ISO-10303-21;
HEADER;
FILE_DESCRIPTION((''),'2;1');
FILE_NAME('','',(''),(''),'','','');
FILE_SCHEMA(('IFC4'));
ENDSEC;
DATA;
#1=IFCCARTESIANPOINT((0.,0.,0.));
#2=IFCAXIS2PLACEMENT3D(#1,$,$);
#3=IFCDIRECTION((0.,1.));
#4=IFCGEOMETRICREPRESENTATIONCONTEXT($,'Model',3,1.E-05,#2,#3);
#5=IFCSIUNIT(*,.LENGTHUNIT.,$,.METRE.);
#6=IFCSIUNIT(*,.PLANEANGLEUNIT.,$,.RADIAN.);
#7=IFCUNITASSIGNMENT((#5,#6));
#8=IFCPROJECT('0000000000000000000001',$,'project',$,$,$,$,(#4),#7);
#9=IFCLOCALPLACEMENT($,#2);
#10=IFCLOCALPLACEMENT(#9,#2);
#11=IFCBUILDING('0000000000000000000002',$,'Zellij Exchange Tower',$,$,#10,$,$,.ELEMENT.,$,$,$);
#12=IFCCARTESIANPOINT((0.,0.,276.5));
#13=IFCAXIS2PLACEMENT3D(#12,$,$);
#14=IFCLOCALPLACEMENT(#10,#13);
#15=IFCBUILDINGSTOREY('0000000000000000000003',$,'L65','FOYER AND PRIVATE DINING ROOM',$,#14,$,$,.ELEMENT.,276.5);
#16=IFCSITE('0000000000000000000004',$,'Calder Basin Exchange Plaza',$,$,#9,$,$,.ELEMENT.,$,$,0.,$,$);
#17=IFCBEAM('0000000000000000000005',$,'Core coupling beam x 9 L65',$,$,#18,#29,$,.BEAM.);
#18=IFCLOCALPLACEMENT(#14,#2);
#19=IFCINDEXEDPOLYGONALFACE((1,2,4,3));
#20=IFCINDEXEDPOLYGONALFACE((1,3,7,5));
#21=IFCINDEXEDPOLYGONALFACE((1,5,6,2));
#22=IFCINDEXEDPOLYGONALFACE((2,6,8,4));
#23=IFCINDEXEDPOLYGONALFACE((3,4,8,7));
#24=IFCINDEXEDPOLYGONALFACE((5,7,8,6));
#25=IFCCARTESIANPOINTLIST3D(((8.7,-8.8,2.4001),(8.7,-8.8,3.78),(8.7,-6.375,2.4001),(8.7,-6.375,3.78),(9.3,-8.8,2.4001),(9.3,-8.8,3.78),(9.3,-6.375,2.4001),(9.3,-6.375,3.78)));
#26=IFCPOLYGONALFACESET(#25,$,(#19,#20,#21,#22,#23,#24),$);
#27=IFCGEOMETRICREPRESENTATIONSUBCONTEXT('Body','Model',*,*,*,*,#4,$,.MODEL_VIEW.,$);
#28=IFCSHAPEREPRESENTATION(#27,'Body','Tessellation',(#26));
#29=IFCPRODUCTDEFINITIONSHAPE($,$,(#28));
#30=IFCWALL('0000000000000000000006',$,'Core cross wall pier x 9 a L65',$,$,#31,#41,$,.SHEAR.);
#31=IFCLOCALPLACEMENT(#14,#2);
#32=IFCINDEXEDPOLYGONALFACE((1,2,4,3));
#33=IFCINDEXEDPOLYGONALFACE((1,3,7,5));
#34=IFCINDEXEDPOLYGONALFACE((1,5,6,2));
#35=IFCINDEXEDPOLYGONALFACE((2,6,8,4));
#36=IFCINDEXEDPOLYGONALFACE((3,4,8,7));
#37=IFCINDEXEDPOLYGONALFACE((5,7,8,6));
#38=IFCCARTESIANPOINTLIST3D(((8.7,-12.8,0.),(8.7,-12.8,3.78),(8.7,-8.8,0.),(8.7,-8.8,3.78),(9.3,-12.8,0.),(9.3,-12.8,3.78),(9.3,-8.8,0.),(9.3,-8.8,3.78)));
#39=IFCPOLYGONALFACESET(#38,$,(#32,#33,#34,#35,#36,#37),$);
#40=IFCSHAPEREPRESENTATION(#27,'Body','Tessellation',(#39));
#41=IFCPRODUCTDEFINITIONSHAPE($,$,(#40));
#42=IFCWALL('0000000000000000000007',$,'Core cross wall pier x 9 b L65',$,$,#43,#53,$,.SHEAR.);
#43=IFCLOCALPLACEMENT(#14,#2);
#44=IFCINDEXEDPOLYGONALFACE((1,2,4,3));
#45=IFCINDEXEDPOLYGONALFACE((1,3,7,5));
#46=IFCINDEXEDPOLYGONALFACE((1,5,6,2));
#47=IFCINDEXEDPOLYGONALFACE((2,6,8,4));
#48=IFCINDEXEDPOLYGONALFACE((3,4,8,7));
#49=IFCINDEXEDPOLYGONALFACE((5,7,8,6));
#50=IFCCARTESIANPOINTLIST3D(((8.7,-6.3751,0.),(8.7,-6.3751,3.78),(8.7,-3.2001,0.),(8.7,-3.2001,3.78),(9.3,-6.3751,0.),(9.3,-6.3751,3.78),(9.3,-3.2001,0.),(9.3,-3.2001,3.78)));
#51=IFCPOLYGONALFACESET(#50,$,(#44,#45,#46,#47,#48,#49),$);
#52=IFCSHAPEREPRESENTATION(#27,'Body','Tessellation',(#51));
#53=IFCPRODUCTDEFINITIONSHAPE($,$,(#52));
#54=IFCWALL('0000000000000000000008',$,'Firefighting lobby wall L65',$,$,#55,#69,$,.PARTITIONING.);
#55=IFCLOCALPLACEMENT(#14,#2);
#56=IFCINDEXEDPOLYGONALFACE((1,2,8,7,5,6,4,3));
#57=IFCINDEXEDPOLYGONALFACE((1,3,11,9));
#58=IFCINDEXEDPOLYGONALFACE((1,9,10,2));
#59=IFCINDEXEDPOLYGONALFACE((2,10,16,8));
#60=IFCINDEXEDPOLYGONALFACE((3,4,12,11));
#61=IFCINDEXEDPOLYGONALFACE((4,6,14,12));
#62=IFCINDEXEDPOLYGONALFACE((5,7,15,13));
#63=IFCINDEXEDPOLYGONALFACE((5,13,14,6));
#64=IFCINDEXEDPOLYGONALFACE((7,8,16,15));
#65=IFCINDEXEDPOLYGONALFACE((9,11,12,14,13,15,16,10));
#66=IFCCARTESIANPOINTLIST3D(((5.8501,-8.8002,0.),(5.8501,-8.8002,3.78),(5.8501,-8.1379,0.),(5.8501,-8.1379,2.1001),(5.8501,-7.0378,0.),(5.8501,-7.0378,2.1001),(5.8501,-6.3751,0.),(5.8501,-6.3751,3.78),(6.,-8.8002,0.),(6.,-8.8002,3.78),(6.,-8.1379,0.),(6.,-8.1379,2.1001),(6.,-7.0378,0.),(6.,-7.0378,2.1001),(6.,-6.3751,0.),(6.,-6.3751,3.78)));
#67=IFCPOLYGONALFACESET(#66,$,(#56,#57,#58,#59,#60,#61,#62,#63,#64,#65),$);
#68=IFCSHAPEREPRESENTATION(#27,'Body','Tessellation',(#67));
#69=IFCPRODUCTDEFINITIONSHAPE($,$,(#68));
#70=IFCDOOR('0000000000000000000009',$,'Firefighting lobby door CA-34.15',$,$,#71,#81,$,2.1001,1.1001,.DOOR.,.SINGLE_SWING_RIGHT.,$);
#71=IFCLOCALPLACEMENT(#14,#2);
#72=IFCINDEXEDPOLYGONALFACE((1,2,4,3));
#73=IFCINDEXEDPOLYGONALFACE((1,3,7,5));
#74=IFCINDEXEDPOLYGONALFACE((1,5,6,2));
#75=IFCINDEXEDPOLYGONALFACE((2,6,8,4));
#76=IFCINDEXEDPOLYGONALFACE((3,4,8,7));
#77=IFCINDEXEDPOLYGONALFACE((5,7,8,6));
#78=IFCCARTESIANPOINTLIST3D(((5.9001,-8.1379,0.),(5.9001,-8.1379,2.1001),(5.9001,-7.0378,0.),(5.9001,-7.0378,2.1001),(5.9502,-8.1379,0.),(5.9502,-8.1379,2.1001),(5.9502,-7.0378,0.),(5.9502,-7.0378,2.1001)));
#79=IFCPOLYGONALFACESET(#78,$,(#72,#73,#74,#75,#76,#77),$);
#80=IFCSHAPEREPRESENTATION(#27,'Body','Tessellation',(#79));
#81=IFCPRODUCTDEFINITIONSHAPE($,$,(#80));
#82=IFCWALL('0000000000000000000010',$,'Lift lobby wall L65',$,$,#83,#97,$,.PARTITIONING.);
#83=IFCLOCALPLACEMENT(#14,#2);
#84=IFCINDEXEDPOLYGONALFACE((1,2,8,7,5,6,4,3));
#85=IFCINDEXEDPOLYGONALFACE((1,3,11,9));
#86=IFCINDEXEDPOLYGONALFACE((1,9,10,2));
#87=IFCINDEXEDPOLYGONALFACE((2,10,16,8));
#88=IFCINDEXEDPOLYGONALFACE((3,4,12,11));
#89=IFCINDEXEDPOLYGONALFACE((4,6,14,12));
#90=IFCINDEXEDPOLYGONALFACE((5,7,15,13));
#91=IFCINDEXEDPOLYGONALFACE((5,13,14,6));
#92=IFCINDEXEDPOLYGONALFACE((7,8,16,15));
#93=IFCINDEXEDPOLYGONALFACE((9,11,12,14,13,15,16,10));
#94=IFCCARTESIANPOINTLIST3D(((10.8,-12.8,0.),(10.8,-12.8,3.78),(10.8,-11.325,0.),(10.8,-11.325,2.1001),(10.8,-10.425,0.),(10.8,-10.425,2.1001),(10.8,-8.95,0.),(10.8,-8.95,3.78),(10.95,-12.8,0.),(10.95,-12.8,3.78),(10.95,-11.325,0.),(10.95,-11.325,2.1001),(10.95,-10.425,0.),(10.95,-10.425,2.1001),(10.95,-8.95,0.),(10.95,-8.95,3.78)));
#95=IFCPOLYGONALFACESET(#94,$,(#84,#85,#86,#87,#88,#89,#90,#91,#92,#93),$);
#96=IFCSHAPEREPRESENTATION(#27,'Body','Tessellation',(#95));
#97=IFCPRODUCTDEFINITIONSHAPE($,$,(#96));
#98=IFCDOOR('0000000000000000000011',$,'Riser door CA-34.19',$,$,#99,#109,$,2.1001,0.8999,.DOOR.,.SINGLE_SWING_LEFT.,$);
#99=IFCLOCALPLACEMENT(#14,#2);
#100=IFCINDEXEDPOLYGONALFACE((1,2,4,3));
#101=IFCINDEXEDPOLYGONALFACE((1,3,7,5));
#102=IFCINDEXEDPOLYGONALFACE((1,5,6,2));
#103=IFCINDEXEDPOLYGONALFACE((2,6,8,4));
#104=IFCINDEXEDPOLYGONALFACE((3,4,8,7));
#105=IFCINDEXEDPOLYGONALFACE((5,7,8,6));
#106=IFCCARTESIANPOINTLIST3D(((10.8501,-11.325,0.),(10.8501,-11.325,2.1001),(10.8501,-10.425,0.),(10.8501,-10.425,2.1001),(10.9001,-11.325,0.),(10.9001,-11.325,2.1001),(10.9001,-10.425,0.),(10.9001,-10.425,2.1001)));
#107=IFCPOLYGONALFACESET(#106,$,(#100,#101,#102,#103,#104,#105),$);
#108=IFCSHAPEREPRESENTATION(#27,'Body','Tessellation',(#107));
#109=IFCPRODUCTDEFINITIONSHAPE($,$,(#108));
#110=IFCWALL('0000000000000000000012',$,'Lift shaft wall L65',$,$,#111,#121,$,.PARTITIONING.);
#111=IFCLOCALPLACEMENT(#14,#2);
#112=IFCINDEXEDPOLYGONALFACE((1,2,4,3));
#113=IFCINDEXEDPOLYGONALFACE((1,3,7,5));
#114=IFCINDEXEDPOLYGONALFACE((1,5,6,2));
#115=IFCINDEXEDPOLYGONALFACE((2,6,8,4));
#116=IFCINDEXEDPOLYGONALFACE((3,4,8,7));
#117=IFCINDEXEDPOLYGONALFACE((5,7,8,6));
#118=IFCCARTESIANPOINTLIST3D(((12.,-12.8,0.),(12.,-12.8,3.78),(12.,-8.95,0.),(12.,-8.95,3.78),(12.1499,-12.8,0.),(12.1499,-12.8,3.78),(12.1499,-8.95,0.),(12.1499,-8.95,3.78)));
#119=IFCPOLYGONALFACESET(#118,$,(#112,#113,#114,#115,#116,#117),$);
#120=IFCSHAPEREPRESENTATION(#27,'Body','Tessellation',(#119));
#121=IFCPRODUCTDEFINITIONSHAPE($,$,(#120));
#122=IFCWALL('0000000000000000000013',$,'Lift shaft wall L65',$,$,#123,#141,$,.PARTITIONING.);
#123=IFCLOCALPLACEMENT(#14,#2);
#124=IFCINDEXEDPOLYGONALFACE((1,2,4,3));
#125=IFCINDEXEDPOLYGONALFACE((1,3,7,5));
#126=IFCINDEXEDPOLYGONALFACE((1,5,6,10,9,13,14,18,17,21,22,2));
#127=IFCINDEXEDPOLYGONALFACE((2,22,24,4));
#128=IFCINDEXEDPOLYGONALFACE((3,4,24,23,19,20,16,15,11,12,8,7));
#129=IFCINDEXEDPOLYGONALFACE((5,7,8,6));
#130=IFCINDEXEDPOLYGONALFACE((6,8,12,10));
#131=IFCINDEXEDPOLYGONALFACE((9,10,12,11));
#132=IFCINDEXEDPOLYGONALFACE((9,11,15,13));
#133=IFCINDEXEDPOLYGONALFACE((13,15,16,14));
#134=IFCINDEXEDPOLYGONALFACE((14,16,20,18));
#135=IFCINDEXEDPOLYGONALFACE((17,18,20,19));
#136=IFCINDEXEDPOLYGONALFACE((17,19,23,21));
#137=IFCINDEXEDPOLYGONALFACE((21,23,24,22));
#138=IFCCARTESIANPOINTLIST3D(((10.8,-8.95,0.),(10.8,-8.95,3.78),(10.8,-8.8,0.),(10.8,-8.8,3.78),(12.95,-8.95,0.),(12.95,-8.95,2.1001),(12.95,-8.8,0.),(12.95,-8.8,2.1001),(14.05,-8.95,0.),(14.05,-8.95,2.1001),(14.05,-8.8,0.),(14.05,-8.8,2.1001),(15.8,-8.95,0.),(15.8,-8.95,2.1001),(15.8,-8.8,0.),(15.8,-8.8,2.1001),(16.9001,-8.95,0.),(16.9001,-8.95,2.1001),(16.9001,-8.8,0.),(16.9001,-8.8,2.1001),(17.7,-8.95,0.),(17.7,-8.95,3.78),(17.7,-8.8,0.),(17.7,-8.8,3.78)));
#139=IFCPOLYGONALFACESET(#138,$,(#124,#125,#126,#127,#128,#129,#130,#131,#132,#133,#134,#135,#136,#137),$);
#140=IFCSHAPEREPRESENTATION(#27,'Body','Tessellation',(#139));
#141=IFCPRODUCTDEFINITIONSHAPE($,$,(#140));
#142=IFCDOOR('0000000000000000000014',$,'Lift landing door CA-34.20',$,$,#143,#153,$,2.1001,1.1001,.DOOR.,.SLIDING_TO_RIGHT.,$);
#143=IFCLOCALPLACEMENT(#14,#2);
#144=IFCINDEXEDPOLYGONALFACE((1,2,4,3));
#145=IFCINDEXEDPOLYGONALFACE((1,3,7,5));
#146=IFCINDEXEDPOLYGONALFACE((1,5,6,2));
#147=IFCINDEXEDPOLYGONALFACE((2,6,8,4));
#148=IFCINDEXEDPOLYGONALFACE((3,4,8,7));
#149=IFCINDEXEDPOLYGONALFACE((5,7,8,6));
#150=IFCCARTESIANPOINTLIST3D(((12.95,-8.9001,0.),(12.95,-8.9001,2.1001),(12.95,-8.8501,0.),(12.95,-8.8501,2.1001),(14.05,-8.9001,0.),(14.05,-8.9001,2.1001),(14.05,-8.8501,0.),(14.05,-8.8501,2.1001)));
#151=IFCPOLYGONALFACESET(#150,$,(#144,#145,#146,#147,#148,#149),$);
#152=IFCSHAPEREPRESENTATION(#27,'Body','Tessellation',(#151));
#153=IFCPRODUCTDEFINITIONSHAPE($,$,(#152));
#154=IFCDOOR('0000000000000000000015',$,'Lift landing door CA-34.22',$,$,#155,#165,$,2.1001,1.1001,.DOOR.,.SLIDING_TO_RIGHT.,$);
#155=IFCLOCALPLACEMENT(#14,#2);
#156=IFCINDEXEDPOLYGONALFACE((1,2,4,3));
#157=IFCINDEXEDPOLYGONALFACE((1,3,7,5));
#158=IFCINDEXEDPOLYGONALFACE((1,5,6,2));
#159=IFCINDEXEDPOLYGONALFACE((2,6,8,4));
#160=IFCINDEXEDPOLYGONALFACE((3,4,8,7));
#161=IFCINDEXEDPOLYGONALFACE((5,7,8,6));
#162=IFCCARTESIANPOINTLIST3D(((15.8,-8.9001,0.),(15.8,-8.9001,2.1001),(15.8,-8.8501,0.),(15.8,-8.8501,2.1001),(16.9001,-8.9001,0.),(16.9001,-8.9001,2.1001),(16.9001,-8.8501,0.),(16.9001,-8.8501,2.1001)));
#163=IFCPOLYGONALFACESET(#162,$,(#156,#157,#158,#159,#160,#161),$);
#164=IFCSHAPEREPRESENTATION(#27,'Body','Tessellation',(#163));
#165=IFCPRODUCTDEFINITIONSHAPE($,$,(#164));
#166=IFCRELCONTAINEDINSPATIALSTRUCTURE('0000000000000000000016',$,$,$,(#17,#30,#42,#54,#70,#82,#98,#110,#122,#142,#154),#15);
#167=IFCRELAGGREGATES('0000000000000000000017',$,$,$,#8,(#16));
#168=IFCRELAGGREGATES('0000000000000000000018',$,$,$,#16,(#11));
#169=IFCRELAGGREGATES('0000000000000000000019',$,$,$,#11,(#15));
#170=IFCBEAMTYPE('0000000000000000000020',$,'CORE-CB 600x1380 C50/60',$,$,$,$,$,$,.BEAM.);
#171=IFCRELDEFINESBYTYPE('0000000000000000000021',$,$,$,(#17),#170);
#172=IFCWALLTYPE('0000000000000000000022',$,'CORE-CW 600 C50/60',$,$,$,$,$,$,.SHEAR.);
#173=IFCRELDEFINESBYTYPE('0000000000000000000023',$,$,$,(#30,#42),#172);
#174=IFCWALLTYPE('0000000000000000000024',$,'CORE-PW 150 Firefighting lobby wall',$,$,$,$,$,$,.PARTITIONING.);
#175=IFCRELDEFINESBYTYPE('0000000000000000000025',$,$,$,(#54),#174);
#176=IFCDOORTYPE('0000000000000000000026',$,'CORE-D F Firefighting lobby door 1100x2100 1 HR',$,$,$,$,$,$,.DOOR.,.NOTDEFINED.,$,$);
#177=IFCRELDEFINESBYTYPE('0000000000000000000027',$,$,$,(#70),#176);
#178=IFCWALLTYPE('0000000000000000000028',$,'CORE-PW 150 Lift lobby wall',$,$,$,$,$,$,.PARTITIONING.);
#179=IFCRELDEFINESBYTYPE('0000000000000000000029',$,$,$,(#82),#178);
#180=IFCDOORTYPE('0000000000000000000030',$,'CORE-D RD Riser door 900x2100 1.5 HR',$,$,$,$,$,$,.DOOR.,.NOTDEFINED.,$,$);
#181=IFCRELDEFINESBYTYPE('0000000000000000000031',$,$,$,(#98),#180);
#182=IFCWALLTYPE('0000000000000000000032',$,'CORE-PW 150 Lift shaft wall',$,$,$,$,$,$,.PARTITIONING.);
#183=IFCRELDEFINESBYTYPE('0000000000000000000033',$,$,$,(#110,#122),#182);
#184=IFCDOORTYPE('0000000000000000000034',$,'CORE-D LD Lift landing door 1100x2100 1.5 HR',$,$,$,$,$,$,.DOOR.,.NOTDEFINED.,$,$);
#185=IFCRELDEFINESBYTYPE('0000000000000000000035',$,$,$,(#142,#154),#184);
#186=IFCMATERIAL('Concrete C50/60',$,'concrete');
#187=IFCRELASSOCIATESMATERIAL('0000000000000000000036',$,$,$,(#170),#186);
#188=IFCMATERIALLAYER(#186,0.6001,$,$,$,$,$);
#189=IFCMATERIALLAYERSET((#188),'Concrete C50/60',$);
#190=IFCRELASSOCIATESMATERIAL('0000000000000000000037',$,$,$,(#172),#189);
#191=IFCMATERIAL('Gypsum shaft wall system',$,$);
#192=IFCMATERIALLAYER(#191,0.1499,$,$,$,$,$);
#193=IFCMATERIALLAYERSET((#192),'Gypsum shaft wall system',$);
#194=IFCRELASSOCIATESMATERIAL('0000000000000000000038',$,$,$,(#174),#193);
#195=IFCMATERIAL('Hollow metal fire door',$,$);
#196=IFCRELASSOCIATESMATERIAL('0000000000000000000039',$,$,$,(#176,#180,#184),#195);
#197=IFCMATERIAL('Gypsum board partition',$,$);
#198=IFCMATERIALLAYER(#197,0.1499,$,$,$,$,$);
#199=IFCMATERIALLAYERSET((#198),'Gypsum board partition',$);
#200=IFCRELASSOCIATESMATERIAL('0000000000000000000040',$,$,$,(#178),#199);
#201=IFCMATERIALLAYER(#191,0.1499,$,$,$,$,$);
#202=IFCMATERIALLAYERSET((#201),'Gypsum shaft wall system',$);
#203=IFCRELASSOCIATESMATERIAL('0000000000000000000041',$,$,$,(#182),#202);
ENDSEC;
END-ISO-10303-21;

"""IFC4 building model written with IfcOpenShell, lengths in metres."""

from ifc_helpers import new_model, si_unit, direction, frame, frame_2d, origin, origin_2d, place, context, subcontext, project, spatial, rectangle, extrude, material, layer, layer_set, material_profile, profile_set, type_object, element, fill, save


model = new_model("IFC4")

# Units and contexts
model_context = context("Model", 3, precision=1e-05, world=origin(), true_north=direction((0.0, 1.0)))
body_context = subcontext(model_context, "Body", "Model", "MODEL_VIEW")
ifc_project = project(units=[si_unit("LENGTHUNIT", "METRE"), si_unit("PLANEANGLEUNIT", "RADIAN")], contexts=[model_context])

# Site, building, storey
site_placement = place(None, origin())
site = spatial("IfcSite", under=ifc_project, at=site_placement, Name="Calder Basin Exchange Plaza", CompositionType="ELEMENT", RefElevation=0.0)
building_placement = place(site_placement, origin())
building = spatial("IfcBuilding", under=site, at=building_placement, Name="Zellij Exchange Tower", CompositionType="ELEMENT")
storey_placement = place(building_placement, frame((0.0, 0.0, 276.5)))
storey = spatial("IfcBuildingStorey", under=building, at=storey_placement, Name="L65", Description="FOYER AND PRIVATE DINING ROOM", CompositionType="ELEMENT", Elevation=276.5)

# Beam
ifc_material_1 = material(Name="Concrete C50/60", Category="concrete")
ifc_material_profile = material_profile(ifc_material_1, rectangle(XDim=0.6001, YDim=1.3799, at=origin_2d()), Name="CORE-CB 600x1380 C50/60")
ifc_profile_set = profile_set([ifc_material_profile], Name="Concrete C50/60")
beam_type = type_object("IfcBeamType", Name="CORE-CB 600x1380 C50/60", PredefinedType="BEAM", material=ifc_profile_set)
beam_placement = place(storey_placement, frame((9.0, -8.8, 3.0901), z_axis=(0.0, 1.0, 0.0), x_axis=(-1.0, 0.0, 0.0)))
element("IfcBeam", 1, at=beam_placement, inside=storey, type_object=beam_type, Name="Core coupling beam x 9 L65", PredefinedType="BEAM", context=body_context, shape_type="SweptSolid", body=[
    extrude(rectangle(XDim=0.6001, YDim=1.3799, at=origin_2d()), origin(), (0.0, 0.0, 1.0), 2.425),
])

# Walls
ifc_layer_1 = layer(ifc_material_1, 0.6001)
ifc_layer_set_1 = layer_set([ifc_layer_1], Name="Concrete C50/60")
wall_type_1 = type_object("IfcWallType", Name="CORE-CW 600 C50/60", PredefinedType="SHEAR", material=ifc_layer_set_1)
wall_1_placement = place(storey_placement, frame((9.0, -12.8, 0.0), z_axis=(0.0, 0.0, 1.0), x_axis=(0.0, 1.0, 0.0)))
element("IfcWall", 2, at=wall_1_placement, inside=storey, type_object=wall_type_1, Name="Core cross wall pier x 9 a L65", PredefinedType="SHEAR", context=body_context, shape_type="SweptSolid", body=[
    extrude(rectangle(XDim=4.0, YDim=0.6001, at=frame_2d((2.0, 0.0))), origin(), (0.0, 0.0, 1.0), 3.78),
])
wall_2_placement = place(storey_placement, frame((9.0, -6.375, 0.0), z_axis=(0.0, 0.0, 1.0), x_axis=(0.0, 1.0, 0.0)))
element("IfcWall", 3, at=wall_2_placement, inside=storey, type_object=wall_type_1, Name="Core cross wall pier x 9 b L65", PredefinedType="SHEAR", context=body_context, shape_type="SweptSolid", body=[
    extrude(rectangle(XDim=3.175, YDim=0.6001, at=frame_2d((1.5874, 0.0))), origin(), (0.0, 0.0, 1.0), 3.78),
])

# Walls, openings, doors
ifc_material_2 = material(Name="Gypsum shaft wall system")
ifc_layer_2 = layer(ifc_material_2, 0.1499)
ifc_layer_set_2 = layer_set([ifc_layer_2], Name="Gypsum shaft wall system")
wall_type_2 = type_object("IfcWallType", Name="CORE-PW 150 Firefighting lobby wall", PredefinedType="PARTITIONING", material=ifc_layer_set_2)
wall_3_placement = place(storey_placement, frame((5.925, -8.8, 0.0), z_axis=(0.0, 0.0, 1.0), x_axis=(0.0, 1.0, 0.0)))
wall_3 = element("IfcWall", 4, at=wall_3_placement, inside=storey, type_object=wall_type_2, Name="Firefighting lobby wall L65", PredefinedType="PARTITIONING", context=body_context, shape_type="SweptSolid", body=[
    extrude(rectangle(XDim=2.425, YDim=0.1499, at=frame_2d((1.2124, 0.0))), origin(), (0.0, 0.0, 1.0), 3.78),
])
opening_1_placement = place(wall_3_placement, frame((0.6621, 0.0, 0.0)))
opening_1 = element("IfcOpeningElement", 5, at=opening_1_placement, cuts=wall_3, PredefinedType="OPENING", context=body_context, shape_type="SweptSolid", body=[
    extrude(rectangle(XDim=1.1001, YDim=2.1001, at=frame_2d((0.55, 1.05))), frame((0.0, 0.0869, 0.0), z_axis=(0.0, -1.0, 0.0), x_axis=(1.0, 0.0, 0.0)), (0.0, 0.0, 1.0), 0.1738),
])
ifc_material_3 = material(Name="Hollow metal fire door")
door_type_1 = type_object("IfcDoorType", Name="CORE-D F Firefighting lobby door 1100x2100 1 HR", OperationType="NOTDEFINED", PredefinedType="DOOR", material=ifc_material_3)
door_1_placement = place(opening_1_placement, origin())
door_1 = element("IfcDoor", 6, at=door_1_placement, inside=storey, type_object=door_type_1, Name="Firefighting lobby door CA-34.15", OperationType="SINGLE_SWING_RIGHT", OverallHeight=2.1001, OverallWidth=1.1001, PredefinedType="DOOR", context=body_context, shape_type="SweptSolid", body=[
    extrude(rectangle(XDim=1.1001, YDim=2.1001, at=frame_2d((0.55, 1.05))), frame((0.0, 0.0249, 0.0), z_axis=(0.0, -1.0, 0.0), x_axis=(1.0, 0.0, 0.0)), (0.0, 0.0, 1.0), 0.05),
])
fill(opening_1, door_1)
ifc_material_4 = material(Name="Gypsum board partition")
ifc_layer_3 = layer(ifc_material_4, 0.1499)
ifc_layer_set_3 = layer_set([ifc_layer_3], Name="Gypsum board partition")
wall_type_3 = type_object("IfcWallType", Name="CORE-PW 150 Lift lobby wall", PredefinedType="PARTITIONING", material=ifc_layer_set_3)
wall_4_placement = place(storey_placement, frame((10.875, -12.8, 0.0), z_axis=(0.0, 0.0, 1.0), x_axis=(0.0, 1.0, 0.0)))
wall_4 = element("IfcWall", 7, at=wall_4_placement, inside=storey, type_object=wall_type_3, Name="Lift lobby wall L65", PredefinedType="PARTITIONING", context=body_context, shape_type="SweptSolid", body=[
    extrude(rectangle(XDim=3.8501, YDim=0.1499, at=frame_2d((1.925, 0.0))), origin(), (0.0, 0.0, 1.0), 3.78),
])
opening_2_placement = place(wall_4_placement, frame((1.4751, 0.0, 0.0)))
opening_2 = element("IfcOpeningElement", 8, at=opening_2_placement, cuts=wall_4, PredefinedType="OPENING", context=body_context, shape_type="SweptSolid", body=[
    extrude(rectangle(XDim=0.8999, YDim=2.1001, at=frame_2d((0.45, 1.05))), frame((0.0, 0.0869, 0.0), z_axis=(0.0, -1.0, 0.0), x_axis=(1.0, 0.0, 0.0)), (0.0, 0.0, 1.0), 0.1738),
])
door_type_2 = type_object("IfcDoorType", Name="CORE-D RD Riser door 900x2100 1.5 HR", OperationType="NOTDEFINED", PredefinedType="DOOR", material=ifc_material_3)
door_2_placement = place(opening_2_placement, origin())
door_2 = element("IfcDoor", 9, at=door_2_placement, inside=storey, type_object=door_type_2, Name="Riser door CA-34.19", OperationType="SINGLE_SWING_LEFT", OverallHeight=2.1001, OverallWidth=0.8999, PredefinedType="DOOR", context=body_context, shape_type="SweptSolid", body=[
    extrude(rectangle(XDim=0.8999, YDim=2.1001, at=frame_2d((0.45, 1.05))), frame((0.0, 0.0249, 0.0), z_axis=(0.0, -1.0, 0.0), x_axis=(1.0, 0.0, 0.0)), (0.0, 0.0, 1.0), 0.05),
])
fill(opening_2, door_2)

# Wall
ifc_layer_4 = layer(ifc_material_2, 0.1499)
ifc_layer_set_4 = layer_set([ifc_layer_4], Name="Gypsum shaft wall system")
wall_type_4 = type_object("IfcWallType", Name="CORE-PW 150 Lift shaft wall", PredefinedType="PARTITIONING", material=ifc_layer_set_4)
wall_5_placement = place(storey_placement, frame((12.075, -12.8, 0.0), z_axis=(0.0, 0.0, 1.0), x_axis=(0.0, 1.0, 0.0)))
element("IfcWall", 10, at=wall_5_placement, inside=storey, type_object=wall_type_4, Name="Lift shaft wall L65", PredefinedType="PARTITIONING", context=body_context, shape_type="SweptSolid", body=[
    extrude(rectangle(XDim=3.8501, YDim=0.1499, at=frame_2d((1.925, 0.0))), origin(), (0.0, 0.0, 1.0), 3.78),
])

# Wall, openings, doors
wall_6_placement = place(storey_placement, frame((10.8, -8.875, 0.0), z_axis=(0.0, 0.0, 1.0), x_axis=(1.0, 0.0, 0.0)))
wall_6 = element("IfcWall", 11, at=wall_6_placement, inside=storey, type_object=wall_type_4, Name="Lift shaft wall L65", PredefinedType="PARTITIONING", context=body_context, shape_type="SweptSolid", body=[
    extrude(rectangle(XDim=6.8999, YDim=0.1499, at=frame_2d((3.45, 0.0))), origin(), (0.0, 0.0, 1.0), 3.78),
])
opening_3_placement = place(wall_6_placement, frame((2.1499, 0.0, 0.0)))
opening_3 = element("IfcOpeningElement", 12, at=opening_3_placement, cuts=wall_6, PredefinedType="OPENING", context=body_context, shape_type="SweptSolid", body=[
    extrude(rectangle(XDim=1.1001, YDim=2.1001, at=frame_2d((0.55, 1.05))), frame((0.0, 0.0869, 0.0), z_axis=(0.0, -1.0, 0.0), x_axis=(1.0, 0.0, 0.0)), (0.0, 0.0, 1.0), 0.1738),
])
opening_4_placement = place(wall_6_placement, frame((5.0, 0.0, 0.0)))
opening_4 = element("IfcOpeningElement", 13, at=opening_4_placement, cuts=wall_6, PredefinedType="OPENING", context=body_context, shape_type="SweptSolid", body=[
    extrude(rectangle(XDim=1.1001, YDim=2.1001, at=frame_2d((0.55, 1.05))), frame((0.0, 0.0869, 0.0), z_axis=(0.0, -1.0, 0.0), x_axis=(1.0, 0.0, 0.0)), (0.0, 0.0, 1.0), 0.1738),
])
door_type_3 = type_object("IfcDoorType", Name="CORE-D LD Lift landing door 1100x2100 1.5 HR", OperationType="NOTDEFINED", PredefinedType="DOOR", material=ifc_material_3)
door_3_placement = place(opening_3_placement, origin())
door_3 = element("IfcDoor", 14, at=door_3_placement, inside=storey, type_object=door_type_3, Name="Lift landing door CA-34.20", OperationType="SLIDING_TO_RIGHT", OverallHeight=2.1001, OverallWidth=1.1001, PredefinedType="DOOR", context=body_context, shape_type="SweptSolid", body=[
    extrude(rectangle(XDim=1.1001, YDim=2.1001, at=frame_2d((0.55, 1.05))), frame((0.0, 0.0249, 0.0), z_axis=(0.0, -1.0, 0.0), x_axis=(1.0, 0.0, 0.0)), (0.0, 0.0, 1.0), 0.05),
])
fill(opening_3, door_3)
door_4_placement = place(opening_4_placement, origin())
door_4 = element("IfcDoor", 15, at=door_4_placement, inside=storey, type_object=door_type_3, Name="Lift landing door CA-34.22", OperationType="SLIDING_TO_RIGHT", OverallHeight=2.1001, OverallWidth=1.1001, PredefinedType="DOOR", context=body_context, shape_type="SweptSolid", body=[
    extrude(rectangle(XDim=1.1001, YDim=2.1001, at=frame_2d((0.55, 1.05))), frame((0.0, 0.0249, 0.0), z_axis=(0.0, -1.0, 0.0), x_axis=(1.0, 0.0, 0.0)), (0.0, 0.0, 1.0), 0.05),
])
fill(opening_4, door_4)

save(model, "model.ifc")
